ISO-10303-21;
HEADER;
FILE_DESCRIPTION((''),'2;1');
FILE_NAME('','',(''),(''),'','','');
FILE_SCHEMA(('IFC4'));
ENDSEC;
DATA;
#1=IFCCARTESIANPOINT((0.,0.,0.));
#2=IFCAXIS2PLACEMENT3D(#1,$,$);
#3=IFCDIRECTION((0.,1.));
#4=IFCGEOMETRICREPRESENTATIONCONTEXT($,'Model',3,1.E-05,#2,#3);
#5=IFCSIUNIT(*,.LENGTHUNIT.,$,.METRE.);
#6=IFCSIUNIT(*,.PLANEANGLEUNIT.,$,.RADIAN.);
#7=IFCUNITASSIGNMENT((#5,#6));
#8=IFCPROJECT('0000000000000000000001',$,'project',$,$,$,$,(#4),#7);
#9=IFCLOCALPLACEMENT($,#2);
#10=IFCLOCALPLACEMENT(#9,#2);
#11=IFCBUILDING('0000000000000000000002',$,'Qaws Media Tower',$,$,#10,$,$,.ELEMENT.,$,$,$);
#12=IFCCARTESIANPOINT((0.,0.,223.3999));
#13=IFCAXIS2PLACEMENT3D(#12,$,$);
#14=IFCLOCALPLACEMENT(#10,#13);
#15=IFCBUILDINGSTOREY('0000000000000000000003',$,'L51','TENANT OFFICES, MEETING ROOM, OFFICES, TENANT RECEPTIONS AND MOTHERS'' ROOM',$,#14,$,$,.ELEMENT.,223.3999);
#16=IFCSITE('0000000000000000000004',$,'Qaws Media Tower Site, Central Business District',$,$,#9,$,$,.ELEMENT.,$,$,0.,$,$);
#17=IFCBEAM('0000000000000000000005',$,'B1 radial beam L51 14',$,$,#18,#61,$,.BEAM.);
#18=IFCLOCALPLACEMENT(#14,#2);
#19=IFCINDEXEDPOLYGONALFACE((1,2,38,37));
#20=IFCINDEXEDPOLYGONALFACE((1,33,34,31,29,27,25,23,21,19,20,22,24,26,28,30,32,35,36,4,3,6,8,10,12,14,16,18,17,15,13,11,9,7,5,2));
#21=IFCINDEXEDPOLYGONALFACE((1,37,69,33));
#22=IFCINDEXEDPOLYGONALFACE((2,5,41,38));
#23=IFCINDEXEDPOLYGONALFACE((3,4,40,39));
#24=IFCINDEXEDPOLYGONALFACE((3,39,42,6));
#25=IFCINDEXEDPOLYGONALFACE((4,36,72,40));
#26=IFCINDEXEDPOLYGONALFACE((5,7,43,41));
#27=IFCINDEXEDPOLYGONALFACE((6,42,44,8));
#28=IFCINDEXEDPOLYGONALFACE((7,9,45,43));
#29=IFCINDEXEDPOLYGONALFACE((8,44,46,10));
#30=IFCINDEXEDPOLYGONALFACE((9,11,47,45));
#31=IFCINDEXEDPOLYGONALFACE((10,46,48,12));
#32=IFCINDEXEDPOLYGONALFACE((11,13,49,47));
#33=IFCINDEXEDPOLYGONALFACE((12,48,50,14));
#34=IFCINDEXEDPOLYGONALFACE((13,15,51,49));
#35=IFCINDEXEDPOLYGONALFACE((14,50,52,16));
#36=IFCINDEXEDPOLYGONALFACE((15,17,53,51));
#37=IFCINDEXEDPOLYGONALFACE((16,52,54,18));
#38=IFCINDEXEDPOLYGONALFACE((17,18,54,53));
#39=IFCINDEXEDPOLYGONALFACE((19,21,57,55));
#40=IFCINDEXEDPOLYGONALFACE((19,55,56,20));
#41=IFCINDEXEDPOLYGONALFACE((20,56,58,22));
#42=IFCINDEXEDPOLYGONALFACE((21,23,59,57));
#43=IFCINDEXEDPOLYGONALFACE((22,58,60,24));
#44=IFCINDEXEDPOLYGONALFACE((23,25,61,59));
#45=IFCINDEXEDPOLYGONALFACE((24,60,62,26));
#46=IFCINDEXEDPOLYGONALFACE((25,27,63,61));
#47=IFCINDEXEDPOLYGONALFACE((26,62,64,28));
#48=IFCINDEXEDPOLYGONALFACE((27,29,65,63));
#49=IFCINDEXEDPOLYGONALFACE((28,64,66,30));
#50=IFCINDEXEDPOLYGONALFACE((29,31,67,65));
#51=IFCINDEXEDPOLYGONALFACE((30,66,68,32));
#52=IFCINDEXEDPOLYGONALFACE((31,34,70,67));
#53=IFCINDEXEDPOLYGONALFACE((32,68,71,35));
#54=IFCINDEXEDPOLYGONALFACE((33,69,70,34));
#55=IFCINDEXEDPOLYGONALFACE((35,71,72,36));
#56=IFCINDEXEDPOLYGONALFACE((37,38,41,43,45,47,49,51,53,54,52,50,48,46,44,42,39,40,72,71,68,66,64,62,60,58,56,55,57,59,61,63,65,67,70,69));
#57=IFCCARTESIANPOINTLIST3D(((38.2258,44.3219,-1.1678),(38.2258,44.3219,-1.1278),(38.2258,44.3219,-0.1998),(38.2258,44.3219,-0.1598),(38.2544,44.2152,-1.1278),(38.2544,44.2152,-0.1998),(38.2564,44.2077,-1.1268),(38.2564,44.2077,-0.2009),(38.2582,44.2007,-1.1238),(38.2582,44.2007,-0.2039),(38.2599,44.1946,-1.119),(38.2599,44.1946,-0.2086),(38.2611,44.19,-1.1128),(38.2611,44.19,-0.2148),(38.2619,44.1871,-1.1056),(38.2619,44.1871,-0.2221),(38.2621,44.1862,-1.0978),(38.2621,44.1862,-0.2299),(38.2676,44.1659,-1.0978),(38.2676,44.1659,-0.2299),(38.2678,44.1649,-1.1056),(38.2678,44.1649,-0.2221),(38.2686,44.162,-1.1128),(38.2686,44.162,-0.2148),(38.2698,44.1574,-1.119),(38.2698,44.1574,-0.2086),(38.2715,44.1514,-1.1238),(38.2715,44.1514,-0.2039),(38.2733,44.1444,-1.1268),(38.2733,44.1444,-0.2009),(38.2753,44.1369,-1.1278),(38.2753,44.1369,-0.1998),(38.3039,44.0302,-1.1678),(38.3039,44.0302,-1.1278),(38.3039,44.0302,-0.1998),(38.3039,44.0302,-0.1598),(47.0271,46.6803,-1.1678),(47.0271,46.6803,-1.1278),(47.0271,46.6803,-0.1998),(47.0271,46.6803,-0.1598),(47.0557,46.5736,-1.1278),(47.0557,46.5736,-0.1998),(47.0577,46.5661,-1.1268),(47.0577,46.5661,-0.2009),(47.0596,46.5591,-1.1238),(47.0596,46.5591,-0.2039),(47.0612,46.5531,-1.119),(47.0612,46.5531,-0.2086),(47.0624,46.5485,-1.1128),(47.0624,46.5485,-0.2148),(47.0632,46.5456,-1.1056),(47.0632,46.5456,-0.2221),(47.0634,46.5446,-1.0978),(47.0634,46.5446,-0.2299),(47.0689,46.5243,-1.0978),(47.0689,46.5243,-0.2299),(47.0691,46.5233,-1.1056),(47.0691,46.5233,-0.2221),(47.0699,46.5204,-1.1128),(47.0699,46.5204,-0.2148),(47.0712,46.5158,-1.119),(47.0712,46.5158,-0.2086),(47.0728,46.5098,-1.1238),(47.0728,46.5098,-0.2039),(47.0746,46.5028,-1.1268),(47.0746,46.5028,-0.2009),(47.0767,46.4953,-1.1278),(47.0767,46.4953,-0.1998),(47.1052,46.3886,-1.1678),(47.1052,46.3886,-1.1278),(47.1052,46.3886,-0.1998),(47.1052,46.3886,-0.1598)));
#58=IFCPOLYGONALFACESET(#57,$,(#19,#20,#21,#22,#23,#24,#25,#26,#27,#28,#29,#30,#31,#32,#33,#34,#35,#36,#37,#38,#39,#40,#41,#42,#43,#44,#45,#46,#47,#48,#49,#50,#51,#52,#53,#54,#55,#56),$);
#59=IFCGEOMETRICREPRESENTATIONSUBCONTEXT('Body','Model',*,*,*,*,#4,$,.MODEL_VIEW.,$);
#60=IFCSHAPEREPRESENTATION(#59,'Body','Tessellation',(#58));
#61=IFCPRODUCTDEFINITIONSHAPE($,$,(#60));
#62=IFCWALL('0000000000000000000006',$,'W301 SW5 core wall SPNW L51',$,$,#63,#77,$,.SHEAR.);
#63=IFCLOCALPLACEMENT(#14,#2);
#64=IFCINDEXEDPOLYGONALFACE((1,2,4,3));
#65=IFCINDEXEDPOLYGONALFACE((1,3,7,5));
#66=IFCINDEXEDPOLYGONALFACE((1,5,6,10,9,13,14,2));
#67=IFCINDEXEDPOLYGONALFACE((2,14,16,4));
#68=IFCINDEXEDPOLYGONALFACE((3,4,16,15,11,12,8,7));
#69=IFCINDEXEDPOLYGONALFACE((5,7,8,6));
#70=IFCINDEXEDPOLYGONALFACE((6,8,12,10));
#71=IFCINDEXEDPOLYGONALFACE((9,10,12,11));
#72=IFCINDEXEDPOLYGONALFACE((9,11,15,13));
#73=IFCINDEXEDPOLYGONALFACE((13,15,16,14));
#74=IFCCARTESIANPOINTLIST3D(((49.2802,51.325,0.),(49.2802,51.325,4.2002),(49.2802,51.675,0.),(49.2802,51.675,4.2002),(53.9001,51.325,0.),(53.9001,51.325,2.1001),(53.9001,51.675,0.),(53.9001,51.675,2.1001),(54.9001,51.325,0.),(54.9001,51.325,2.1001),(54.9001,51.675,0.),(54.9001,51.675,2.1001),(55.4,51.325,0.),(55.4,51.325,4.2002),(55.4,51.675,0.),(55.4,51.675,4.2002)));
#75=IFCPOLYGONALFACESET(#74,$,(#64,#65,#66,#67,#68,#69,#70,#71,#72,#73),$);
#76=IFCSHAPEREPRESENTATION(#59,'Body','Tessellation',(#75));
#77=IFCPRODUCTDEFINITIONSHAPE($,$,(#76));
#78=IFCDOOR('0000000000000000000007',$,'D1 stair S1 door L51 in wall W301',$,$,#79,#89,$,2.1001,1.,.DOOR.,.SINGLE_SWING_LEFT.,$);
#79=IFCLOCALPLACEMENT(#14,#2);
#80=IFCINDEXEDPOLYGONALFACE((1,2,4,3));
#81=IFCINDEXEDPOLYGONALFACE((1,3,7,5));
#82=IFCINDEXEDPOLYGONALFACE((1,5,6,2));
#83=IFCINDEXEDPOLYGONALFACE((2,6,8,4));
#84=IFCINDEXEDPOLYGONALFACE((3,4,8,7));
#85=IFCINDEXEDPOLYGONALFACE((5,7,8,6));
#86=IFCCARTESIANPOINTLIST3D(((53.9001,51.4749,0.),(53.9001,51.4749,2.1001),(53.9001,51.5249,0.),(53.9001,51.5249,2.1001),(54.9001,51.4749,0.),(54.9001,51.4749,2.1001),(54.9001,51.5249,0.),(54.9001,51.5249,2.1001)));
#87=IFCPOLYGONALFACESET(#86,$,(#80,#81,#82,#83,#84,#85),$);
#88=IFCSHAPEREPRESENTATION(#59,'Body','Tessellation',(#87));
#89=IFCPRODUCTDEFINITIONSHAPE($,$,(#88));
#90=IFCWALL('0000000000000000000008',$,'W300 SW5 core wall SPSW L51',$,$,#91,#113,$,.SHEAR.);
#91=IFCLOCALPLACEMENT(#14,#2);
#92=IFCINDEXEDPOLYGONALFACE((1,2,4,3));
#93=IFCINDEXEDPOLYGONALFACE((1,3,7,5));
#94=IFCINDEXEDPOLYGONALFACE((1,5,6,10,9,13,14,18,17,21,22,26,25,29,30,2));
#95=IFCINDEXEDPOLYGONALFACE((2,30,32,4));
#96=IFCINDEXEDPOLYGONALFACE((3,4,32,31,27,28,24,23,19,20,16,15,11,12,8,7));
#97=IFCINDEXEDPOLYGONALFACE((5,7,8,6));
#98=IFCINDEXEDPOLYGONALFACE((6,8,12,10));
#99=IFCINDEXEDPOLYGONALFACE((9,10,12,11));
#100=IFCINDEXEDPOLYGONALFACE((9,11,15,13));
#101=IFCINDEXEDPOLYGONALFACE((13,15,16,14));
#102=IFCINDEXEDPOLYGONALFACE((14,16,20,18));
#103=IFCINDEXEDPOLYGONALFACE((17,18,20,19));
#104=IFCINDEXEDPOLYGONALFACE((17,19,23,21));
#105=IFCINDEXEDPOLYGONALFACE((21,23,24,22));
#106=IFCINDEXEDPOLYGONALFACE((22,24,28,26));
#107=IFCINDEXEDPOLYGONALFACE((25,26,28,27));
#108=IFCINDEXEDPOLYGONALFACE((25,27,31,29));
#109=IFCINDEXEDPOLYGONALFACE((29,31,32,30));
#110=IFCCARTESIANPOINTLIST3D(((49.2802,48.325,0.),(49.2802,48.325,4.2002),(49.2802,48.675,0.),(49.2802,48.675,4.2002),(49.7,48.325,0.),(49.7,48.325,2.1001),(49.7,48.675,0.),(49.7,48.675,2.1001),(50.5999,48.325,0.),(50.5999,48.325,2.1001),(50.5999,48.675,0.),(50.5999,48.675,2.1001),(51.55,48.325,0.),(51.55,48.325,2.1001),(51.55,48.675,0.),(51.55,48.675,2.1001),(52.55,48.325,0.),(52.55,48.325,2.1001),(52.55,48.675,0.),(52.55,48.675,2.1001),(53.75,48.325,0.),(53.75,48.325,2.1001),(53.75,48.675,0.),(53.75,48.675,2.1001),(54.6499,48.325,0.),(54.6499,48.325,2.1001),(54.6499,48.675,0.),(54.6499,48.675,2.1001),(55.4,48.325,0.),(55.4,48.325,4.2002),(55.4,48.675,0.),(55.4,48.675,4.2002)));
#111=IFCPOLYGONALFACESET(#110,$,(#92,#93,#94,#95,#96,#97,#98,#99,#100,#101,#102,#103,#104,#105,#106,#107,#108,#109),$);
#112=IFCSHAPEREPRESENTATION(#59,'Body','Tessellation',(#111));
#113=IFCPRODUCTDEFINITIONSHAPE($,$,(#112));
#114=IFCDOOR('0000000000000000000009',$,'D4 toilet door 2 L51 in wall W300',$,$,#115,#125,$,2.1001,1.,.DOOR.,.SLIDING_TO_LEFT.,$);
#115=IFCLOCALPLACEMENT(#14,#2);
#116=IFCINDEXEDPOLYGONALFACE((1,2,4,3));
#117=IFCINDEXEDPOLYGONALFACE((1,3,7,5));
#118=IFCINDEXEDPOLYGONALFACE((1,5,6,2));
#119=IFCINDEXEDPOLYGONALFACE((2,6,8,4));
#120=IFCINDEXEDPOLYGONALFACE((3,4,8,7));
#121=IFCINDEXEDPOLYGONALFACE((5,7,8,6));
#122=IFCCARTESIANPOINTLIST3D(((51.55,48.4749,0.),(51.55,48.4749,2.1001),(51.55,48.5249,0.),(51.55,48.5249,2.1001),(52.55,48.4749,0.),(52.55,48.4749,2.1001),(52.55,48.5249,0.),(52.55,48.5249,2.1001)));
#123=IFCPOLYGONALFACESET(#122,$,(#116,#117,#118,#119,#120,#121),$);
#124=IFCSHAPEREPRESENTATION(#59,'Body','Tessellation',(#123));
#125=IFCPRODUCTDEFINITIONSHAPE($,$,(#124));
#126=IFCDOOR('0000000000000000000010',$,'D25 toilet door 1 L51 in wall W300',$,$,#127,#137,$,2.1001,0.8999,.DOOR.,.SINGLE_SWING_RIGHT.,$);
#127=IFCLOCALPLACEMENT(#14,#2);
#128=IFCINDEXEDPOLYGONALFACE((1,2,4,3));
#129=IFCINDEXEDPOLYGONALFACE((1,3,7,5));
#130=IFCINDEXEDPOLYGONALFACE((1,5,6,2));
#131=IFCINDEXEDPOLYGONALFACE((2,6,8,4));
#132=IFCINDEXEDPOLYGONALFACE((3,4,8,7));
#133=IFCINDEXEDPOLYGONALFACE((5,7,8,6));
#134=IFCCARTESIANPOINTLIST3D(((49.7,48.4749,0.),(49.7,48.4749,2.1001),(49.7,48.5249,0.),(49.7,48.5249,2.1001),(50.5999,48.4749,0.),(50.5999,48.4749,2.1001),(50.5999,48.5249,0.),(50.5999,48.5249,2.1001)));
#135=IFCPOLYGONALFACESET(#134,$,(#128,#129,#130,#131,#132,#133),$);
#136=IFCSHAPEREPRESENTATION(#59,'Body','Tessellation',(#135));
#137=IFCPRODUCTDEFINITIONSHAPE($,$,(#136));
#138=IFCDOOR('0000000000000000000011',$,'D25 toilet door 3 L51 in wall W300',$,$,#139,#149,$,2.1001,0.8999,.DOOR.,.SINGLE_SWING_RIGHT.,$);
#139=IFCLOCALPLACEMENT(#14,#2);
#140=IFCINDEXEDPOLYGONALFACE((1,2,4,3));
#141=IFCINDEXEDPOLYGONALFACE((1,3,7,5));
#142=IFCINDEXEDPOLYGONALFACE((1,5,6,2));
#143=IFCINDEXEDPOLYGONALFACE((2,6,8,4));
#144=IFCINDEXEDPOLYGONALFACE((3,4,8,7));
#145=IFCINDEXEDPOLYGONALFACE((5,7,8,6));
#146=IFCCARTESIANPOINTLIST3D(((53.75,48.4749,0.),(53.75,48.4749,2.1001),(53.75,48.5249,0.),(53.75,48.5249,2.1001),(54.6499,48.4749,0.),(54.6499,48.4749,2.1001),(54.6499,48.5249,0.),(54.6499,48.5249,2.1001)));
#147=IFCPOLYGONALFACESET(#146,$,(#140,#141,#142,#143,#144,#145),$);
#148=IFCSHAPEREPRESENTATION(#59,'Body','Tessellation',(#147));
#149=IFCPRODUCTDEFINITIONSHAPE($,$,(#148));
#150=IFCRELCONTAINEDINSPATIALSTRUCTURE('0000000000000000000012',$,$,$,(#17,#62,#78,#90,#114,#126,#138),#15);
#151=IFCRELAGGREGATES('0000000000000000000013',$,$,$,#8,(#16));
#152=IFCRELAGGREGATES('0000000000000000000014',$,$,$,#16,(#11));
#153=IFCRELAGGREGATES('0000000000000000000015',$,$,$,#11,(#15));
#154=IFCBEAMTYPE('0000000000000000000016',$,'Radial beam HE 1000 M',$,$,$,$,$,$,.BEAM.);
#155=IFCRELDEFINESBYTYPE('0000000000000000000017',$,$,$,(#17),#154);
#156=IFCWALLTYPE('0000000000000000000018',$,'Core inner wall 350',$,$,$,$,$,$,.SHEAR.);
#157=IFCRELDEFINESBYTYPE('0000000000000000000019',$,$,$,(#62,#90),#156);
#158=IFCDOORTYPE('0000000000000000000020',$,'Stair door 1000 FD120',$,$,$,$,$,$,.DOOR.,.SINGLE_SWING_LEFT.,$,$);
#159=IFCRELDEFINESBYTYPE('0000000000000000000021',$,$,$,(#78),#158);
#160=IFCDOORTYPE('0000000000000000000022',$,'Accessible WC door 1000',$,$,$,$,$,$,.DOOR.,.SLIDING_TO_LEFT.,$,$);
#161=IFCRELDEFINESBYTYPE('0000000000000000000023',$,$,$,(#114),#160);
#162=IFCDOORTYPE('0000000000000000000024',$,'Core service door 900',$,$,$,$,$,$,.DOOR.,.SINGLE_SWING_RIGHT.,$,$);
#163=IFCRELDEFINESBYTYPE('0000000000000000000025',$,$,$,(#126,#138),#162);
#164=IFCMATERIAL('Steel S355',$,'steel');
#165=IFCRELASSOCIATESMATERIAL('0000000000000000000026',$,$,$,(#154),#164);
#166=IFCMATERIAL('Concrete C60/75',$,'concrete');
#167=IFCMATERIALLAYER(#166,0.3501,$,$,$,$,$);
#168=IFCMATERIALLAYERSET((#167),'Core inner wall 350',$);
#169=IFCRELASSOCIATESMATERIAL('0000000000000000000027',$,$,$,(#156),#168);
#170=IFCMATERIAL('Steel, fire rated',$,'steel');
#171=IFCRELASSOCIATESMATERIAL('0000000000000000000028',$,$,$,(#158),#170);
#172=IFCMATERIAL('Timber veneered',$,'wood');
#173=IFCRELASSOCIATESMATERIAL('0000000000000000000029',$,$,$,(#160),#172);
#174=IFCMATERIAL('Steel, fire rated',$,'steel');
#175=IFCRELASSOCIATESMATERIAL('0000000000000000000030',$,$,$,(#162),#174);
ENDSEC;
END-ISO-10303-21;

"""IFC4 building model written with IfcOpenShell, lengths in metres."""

from ifc_helpers import new_model, si_unit, direction, frame, frame_2d, origin, origin_2d, place, context, subcontext, project, spatial, rectangle, i_section, extrude, material, layer, layer_set, material_profile, profile_set, type_object, element, fill, save


model = new_model("IFC4")

# Units and contexts
model_context = context("Model", 3, precision=1e-05, world=origin(), true_north=direction((0.0, 1.0)))
body_context = subcontext(model_context, "Body", "Model", "MODEL_VIEW")
ifc_project = project(units=[si_unit("LENGTHUNIT", "METRE"), si_unit("PLANEANGLEUNIT", "RADIAN")], contexts=[model_context])

# Site, building, storey
site_placement = place(None, origin())
site = spatial("IfcSite", under=ifc_project, at=site_placement, Name="Qaws Media Tower Site, Central Business District", CompositionType="ELEMENT", RefElevation=0.0)
building_placement = place(site_placement, origin())
building = spatial("IfcBuilding", under=site, at=building_placement, Name="Qaws Media Tower", CompositionType="ELEMENT")
storey_placement = place(building_placement, frame((0.0, 0.0, 223.3999)))
storey = spatial("IfcBuildingStorey", under=building, at=storey_placement, Name="L51", Description="TENANT OFFICES, MEETING ROOM, OFFICES, TENANT RECEPTIONS AND MOTHERS' ROOM", CompositionType="ELEMENT", Elevation=223.3999)

# Beam
ifc_material_1 = material(Name="Steel S355", Category="steel")
ifc_material_profile_1 = material_profile(ifc_material_1, i_section(OverallWidth=0.302, OverallDepth=1.0081, WebThickness=0.021, FlangeThickness=0.04, FilletRadius=0.03, at=origin_2d()), Name="HE 1000 M")
ifc_profile_set_1 = profile_set([ifc_material_profile_1], Name="Steel S355")
beam_type_1 = type_object("IfcBeamType", Name="Radial beam HE 1000 M", PredefinedType="BEAM", material=ifc_profile_set_1)
beam_1_placement = place(storey_placement, frame((47.0662, 46.5344, -0.6638), z_axis=(-0.965923, -0.25883, 0.0), x_axis=(0.25883, -0.965923, 0.0)))
element("IfcBeam", 1, at=beam_1_placement, inside=storey, type_object=beam_type_1, Name="B1 radial beam L51 14", PredefinedType="BEAM", context=body_context, shape_type="SweptSolid", body=[
    extrude(i_section(OverallWidth=0.302, OverallDepth=1.0081, WebThickness=0.021, FlangeThickness=0.04, FilletRadius=0.03, at=origin_2d()), origin(), (0.0, 0.0, 1.0), 9.1118),
])

# Wall, opening, door
ifc_material_2 = material(Name="Concrete C60/75", Category="concrete")
ifc_layer_1 = layer(ifc_material_2, 0.3501)
ifc_layer_set_1 = layer_set([ifc_layer_1], Name="Core inner wall 350")
wall_type_1 = type_object("IfcWallType", Name="Core inner wall 350", PredefinedType="SHEAR", material=ifc_layer_set_1)
wall_1_placement = place(storey_placement, frame((49.28, 51.5, 0.0), z_axis=(0.0, 0.0, 1.0), x_axis=(1.0, 0.0, 0.0)))
wall_1 = element("IfcWall", 2, at=wall_1_placement, inside=storey, type_object=wall_type_1, Name="W301 SW5 core wall SPNW L51", PredefinedType="SHEAR", context=body_context, shape_type="SweptSolid", body=[
    extrude(rectangle(XDim=6.1199, YDim=0.3501, at=frame_2d((3.0601, 0.0))), origin(), (0.0, 0.0, 1.0), 4.2002),
])
opening_1_placement = place(wall_1_placement, frame((4.6201, 0.0, 0.0)))
opening_1 = element("IfcOpeningElement", 3, at=opening_1_placement, cuts=wall_1, PredefinedType="OPENING", context=body_context, shape_type="SweptSolid", body=[
    extrude(rectangle(XDim=1.0, YDim=2.1001, at=frame_2d((0.5, 1.05))), frame((0.0, 0.1851, 0.0), z_axis=(0.0, -1.0, 0.0), x_axis=(1.0, 0.0, 0.0)), (0.0, 0.0, 1.0), 0.3701),
])
ifc_material_3 = material(Name="Steel, fire rated", Category="steel")
door_type_1 = type_object("IfcDoorType", Name="Stair door 1000 FD120", OperationType="SINGLE_SWING_LEFT", PredefinedType="DOOR", material=ifc_material_3)
door_1_placement = place(opening_1_placement, origin())
door_1 = element("IfcDoor", 4, at=door_1_placement, inside=storey, type_object=door_type_1, Name="D1 stair S1 door L51 in wall W301", OperationType="SINGLE_SWING_LEFT", OverallHeight=2.1001, OverallWidth=1.0, PredefinedType="DOOR", context=body_context, shape_type="SweptSolid", body=[
    extrude(rectangle(XDim=1.0, YDim=2.1001, at=frame_2d((0.5, 1.05))), frame((0.0, 0.0249, 0.0), z_axis=(0.0, -1.0, 0.0), x_axis=(1.0, 0.0, 0.0)), (0.0, 0.0, 1.0), 0.05),
])
fill(opening_1, door_1)

# Wall, openings, doors
wall_2_placement = place(storey_placement, frame((49.28, 48.5, 0.0), z_axis=(0.0, 0.0, 1.0), x_axis=(1.0, 0.0, 0.0)))
wall_2 = element("IfcWall", 5, at=wall_2_placement, inside=storey, type_object=wall_type_1, Name="W300 SW5 core wall SPSW L51", PredefinedType="SHEAR", context=body_context, shape_type="SweptSolid", body=[
    extrude(rectangle(XDim=6.1199, YDim=0.3501, at=frame_2d((3.0601, 0.0))), origin(), (0.0, 0.0, 1.0), 4.2002),
])
opening_2_placement = place(wall_2_placement, frame((0.4199, 0.0, 0.0)))
opening_2 = element("IfcOpeningElement", 6, at=opening_2_placement, cuts=wall_2, PredefinedType="OPENING", context=body_context, shape_type="SweptSolid", body=[
    extrude(rectangle(XDim=0.8999, YDim=2.1001, at=frame_2d((0.45, 1.05))), frame((0.0, 0.1851, 0.0), z_axis=(0.0, -1.0, 0.0), x_axis=(1.0, 0.0, 0.0)), (0.0, 0.0, 1.0), 0.3701),
])
opening_3_placement = place(wall_2_placement, frame((2.27, 0.0, 0.0)))
opening_3 = element("IfcOpeningElement", 7, at=opening_3_placement, cuts=wall_2, PredefinedType="OPENING", context=body_context, shape_type="SweptSolid", body=[
    extrude(rectangle(XDim=1.0, YDim=2.1001, at=frame_2d((0.5, 1.05))), frame((0.0, 0.1851, 0.0), z_axis=(0.0, -1.0, 0.0), x_axis=(1.0, 0.0, 0.0)), (0.0, 0.0, 1.0), 0.3701),
])
opening_4_placement = place(wall_2_placement, frame((4.47, 0.0, 0.0)))
opening_4 = element("IfcOpeningElement", 8, at=opening_4_placement, cuts=wall_2, PredefinedType="OPENING", context=body_context, shape_type="SweptSolid", body=[
    extrude(rectangle(XDim=0.8999, YDim=2.1001, at=frame_2d((0.45, 1.05))), frame((0.0, 0.1851, 0.0), z_axis=(0.0, -1.0, 0.0), x_axis=(1.0, 0.0, 0.0)), (0.0, 0.0, 1.0), 0.3701),
])
ifc_material_4 = material(Name="Timber veneered", Category="wood")
door_type_2 = type_object("IfcDoorType", Name="Accessible WC door 1000", OperationType="SLIDING_TO_LEFT", PredefinedType="DOOR", material=ifc_material_4)
door_2_placement = place(opening_3_placement, origin())
door_2 = element("IfcDoor", 9, at=door_2_placement, inside=storey, type_object=door_type_2, Name="D4 toilet door 2 L51 in wall W300", OperationType="SLIDING_TO_LEFT", OverallHeight=2.1001, OverallWidth=1.0, PredefinedType="DOOR", context=body_context, shape_type="SweptSolid", body=[
    extrude(rectangle(XDim=1.0, YDim=2.1001, at=frame_2d((0.5, 1.05))), frame((0.0, 0.0249, 0.0), z_axis=(0.0, -1.0, 0.0), x_axis=(1.0, 0.0, 0.0)), (0.0, 0.0, 1.0), 0.05),
])
fill(opening_3, door_2)
ifc_material_5 = material(Name="Steel, fire rated", Category="steel")
door_type_3 = type_object("IfcDoorType", Name="Core service door 900", OperationType="SINGLE_SWING_RIGHT", PredefinedType="DOOR", material=ifc_material_5)
door_3_placement = place(opening_2_placement, origin())
door_3 = element("IfcDoor", 10, at=door_3_placement, inside=storey, type_object=door_type_3, Name="D25 toilet door 1 L51 in wall W300", OperationType="SINGLE_SWING_RIGHT", OverallHeight=2.1001, OverallWidth=0.8999, PredefinedType="DOOR", context=body_context, shape_type="SweptSolid", body=[
    extrude(rectangle(XDim=0.8999, YDim=2.1001, at=frame_2d((0.45, 1.05))), frame((0.0, 0.0249, 0.0), z_axis=(0.0, -1.0, 0.0), x_axis=(1.0, 0.0, 0.0)), (0.0, 0.0, 1.0), 0.05),
])
fill(opening_2, door_3)
door_4_placement = place(opening_4_placement, origin())
door_4 = element("IfcDoor", 11, at=door_4_placement, inside=storey, type_object=door_type_3, Name="D25 toilet door 3 L51 in wall W300", OperationType="SINGLE_SWING_RIGHT", OverallHeight=2.1001, OverallWidth=0.8999, PredefinedType="DOOR", context=body_context, shape_type="SweptSolid", body=[
    extrude(rectangle(XDim=0.8999, YDim=2.1001, at=frame_2d((0.45, 1.05))), frame((0.0, 0.0249, 0.0), z_axis=(0.0, -1.0, 0.0), x_axis=(1.0, 0.0, 0.0)), (0.0, 0.0, 1.0), 0.05),
])
fill(opening_4, door_4)

save(model, "model.ifc")
